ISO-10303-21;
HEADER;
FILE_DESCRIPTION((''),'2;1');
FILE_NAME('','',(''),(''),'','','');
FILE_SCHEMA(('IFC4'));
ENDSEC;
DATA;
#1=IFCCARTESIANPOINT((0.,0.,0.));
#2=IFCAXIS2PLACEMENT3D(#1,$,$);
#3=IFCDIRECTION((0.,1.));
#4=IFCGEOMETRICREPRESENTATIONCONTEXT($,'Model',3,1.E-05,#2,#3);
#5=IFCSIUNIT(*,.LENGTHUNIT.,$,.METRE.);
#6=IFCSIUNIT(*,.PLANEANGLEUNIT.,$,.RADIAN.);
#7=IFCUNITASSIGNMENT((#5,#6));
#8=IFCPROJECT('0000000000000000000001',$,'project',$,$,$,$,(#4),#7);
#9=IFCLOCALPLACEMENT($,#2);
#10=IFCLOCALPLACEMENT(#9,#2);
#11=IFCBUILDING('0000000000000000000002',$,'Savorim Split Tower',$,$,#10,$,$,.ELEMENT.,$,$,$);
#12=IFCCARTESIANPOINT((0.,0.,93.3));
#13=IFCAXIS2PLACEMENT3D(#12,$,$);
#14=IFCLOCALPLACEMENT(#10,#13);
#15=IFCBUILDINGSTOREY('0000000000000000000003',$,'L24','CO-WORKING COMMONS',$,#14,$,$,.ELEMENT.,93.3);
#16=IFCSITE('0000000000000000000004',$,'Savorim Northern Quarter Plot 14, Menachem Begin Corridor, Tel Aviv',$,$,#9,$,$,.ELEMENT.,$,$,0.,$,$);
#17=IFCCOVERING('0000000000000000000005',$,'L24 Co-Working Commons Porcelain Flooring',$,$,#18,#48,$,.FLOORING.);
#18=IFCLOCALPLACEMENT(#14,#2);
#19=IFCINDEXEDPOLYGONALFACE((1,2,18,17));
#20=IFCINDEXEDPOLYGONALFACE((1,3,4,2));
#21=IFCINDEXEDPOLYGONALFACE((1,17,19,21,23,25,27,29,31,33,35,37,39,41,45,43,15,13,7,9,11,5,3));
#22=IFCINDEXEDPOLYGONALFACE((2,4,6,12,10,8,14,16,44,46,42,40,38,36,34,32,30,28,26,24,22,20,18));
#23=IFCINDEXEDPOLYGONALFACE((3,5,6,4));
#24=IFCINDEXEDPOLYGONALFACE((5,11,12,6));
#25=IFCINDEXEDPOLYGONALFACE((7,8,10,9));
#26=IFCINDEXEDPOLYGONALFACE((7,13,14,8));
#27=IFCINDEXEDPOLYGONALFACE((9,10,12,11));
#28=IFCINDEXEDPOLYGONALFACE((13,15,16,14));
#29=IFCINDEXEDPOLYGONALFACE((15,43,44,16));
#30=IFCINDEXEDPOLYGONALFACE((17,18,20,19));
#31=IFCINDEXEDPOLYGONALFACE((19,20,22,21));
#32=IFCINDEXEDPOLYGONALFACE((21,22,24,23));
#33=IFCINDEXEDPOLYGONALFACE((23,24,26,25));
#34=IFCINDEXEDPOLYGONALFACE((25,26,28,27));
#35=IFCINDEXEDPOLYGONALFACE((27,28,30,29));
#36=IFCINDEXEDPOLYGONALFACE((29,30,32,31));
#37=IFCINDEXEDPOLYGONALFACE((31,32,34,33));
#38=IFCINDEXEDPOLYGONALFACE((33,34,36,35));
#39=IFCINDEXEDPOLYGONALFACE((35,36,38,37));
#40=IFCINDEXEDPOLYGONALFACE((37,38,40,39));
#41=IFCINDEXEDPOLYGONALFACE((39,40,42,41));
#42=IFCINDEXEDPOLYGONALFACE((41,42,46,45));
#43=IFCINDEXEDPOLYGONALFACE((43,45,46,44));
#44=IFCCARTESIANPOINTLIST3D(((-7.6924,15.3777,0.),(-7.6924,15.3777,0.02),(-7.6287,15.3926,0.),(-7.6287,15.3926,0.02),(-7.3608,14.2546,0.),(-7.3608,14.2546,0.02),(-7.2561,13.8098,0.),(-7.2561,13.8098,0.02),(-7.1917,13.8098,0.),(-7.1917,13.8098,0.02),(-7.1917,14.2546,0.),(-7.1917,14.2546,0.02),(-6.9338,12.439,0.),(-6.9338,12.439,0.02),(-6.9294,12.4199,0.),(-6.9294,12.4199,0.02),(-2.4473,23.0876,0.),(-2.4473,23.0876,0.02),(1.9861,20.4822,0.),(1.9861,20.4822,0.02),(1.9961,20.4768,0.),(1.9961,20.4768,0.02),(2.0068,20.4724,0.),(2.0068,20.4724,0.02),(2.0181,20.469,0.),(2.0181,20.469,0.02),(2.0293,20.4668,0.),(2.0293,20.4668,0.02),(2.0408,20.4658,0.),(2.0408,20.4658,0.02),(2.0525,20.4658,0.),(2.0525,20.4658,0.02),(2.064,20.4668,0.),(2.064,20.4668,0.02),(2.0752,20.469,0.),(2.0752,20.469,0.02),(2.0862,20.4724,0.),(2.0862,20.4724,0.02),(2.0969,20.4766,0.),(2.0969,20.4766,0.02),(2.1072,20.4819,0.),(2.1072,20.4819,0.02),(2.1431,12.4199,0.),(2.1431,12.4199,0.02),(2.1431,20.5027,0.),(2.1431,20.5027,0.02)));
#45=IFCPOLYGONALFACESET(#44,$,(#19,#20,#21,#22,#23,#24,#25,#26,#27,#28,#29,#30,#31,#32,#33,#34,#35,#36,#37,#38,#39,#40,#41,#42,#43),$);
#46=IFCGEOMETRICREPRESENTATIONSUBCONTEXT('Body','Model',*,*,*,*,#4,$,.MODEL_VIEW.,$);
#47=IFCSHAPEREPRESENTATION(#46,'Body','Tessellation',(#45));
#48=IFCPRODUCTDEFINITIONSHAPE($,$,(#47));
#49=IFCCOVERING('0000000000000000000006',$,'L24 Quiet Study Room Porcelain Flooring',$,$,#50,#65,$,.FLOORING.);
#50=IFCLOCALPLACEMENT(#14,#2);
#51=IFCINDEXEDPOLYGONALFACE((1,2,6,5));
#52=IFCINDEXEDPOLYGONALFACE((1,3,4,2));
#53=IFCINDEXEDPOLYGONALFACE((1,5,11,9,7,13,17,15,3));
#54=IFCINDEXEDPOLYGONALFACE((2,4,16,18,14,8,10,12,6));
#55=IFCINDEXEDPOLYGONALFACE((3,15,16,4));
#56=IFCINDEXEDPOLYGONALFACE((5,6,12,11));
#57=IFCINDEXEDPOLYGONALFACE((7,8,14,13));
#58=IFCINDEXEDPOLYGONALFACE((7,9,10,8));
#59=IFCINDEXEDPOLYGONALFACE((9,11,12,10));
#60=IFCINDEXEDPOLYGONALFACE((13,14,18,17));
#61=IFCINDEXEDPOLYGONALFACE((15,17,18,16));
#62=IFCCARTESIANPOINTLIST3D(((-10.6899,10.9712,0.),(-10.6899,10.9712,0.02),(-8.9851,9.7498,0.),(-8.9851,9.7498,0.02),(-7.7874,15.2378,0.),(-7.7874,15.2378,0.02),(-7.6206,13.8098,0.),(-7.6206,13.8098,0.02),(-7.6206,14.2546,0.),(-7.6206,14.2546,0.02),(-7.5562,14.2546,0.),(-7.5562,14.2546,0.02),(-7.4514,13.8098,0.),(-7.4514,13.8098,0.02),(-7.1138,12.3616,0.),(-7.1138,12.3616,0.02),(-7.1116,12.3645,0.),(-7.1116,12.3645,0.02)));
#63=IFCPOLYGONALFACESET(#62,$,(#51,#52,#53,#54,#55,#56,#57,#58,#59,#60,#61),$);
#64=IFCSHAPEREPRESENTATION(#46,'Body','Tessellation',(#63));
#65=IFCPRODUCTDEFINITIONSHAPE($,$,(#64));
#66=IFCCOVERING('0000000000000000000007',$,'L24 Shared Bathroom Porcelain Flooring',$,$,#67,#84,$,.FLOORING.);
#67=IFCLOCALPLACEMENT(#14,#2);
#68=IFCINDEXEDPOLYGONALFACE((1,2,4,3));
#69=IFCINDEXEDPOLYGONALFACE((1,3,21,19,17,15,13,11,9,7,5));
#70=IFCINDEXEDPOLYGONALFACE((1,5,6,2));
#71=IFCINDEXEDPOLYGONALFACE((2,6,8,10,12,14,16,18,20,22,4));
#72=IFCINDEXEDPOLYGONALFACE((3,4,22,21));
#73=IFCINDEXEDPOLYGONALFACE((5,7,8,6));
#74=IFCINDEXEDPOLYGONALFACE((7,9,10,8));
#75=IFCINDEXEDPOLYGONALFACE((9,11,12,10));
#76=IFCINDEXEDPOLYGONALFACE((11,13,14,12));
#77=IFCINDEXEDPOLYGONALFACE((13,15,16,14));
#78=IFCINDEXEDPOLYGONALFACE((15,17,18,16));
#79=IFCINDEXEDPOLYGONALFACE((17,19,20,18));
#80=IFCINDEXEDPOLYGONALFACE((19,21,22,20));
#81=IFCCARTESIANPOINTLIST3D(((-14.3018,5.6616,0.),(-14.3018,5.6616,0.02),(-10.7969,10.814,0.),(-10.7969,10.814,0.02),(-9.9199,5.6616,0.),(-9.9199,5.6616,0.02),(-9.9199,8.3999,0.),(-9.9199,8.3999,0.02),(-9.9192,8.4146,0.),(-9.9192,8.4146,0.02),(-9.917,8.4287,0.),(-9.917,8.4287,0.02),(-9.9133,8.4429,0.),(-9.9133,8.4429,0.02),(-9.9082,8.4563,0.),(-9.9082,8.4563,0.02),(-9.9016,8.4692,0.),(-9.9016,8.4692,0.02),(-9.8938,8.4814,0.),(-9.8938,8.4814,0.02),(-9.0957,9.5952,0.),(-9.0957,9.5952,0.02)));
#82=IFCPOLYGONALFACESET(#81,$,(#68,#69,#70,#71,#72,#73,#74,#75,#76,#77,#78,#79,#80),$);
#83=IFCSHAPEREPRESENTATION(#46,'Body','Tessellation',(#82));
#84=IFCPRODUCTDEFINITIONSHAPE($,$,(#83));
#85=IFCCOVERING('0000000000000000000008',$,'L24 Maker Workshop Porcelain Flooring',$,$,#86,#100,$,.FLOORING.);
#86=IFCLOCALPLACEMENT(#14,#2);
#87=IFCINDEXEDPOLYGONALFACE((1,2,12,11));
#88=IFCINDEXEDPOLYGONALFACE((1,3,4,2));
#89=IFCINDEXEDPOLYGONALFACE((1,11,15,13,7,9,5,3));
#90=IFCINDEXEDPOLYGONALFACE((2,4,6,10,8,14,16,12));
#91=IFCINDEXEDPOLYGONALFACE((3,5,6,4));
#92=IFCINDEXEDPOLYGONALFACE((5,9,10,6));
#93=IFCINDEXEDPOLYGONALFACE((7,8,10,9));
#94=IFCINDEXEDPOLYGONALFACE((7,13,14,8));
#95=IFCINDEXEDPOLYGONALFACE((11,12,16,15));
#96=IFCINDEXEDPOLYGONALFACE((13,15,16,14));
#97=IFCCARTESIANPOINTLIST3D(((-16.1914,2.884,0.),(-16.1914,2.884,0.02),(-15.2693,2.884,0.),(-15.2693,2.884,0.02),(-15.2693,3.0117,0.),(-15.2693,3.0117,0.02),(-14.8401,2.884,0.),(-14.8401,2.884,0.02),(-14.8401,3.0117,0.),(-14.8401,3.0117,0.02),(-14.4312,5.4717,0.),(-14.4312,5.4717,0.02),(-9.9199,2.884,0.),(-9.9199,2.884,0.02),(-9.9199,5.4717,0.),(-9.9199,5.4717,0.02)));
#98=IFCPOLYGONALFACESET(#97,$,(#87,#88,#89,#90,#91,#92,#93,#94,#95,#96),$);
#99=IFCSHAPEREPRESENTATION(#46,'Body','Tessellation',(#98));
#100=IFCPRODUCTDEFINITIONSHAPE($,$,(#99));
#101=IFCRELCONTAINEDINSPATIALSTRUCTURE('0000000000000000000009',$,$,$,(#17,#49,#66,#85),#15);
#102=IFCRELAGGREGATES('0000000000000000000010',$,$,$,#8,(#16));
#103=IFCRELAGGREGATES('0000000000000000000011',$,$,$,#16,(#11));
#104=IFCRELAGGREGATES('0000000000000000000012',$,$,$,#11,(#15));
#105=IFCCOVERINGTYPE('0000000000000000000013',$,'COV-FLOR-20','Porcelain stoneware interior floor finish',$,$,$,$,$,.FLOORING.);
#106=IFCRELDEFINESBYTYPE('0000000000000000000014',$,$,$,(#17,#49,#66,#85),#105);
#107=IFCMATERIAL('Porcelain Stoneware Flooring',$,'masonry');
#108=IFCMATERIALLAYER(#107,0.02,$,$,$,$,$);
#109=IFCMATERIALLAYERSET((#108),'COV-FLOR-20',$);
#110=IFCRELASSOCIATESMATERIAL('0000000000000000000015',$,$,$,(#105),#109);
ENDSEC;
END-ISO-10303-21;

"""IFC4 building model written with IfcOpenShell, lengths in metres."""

from ifc_helpers import new_model, si_unit, direction, frame, origin, place, context, subcontext, project, spatial, polyline, outline, extrude, material, layer, layer_set, type_object, element, save


model = new_model("IFC4")

# Units and contexts
model_context = context("Model", 3, precision=1e-05, world=origin(), true_north=direction((0.0, 1.0)))
body_context = subcontext(model_context, "Body", "Model", "MODEL_VIEW")
ifc_project = project(units=[si_unit("LENGTHUNIT", "METRE"), si_unit("PLANEANGLEUNIT", "RADIAN")], contexts=[model_context])

# Site, building, storey
site_placement = place(None, origin())
site = spatial("IfcSite", under=ifc_project, at=site_placement, Name="Savorim Northern Quarter Plot 14, Menachem Begin Corridor, Tel Aviv", CompositionType="ELEMENT", RefElevation=0.0)
building_placement = place(site_placement, origin())
building = spatial("IfcBuilding", under=site, at=building_placement, Name="Savorim Split Tower", CompositionType="ELEMENT")
storey_placement = place(building_placement, frame((0.0, 0.0, 93.3)))
storey = spatial("IfcBuildingStorey", under=building, at=storey_placement, Name="L24", Description="CO-WORKING COMMONS", CompositionType="ELEMENT", Elevation=93.3)

# Coverings
ifc_material_1 = material(Name="Porcelain Stoneware Flooring", Category="masonry")
ifc_layer_1 = layer(ifc_material_1, 0.02)
ifc_layer_set_1 = layer_set([ifc_layer_1], Name="COV-FLOR-20")
covering_type_1 = type_object("IfcCoveringType", Name="COV-FLOR-20", Description="Porcelain stoneware interior floor finish", PredefinedType="FLOORING", material=ifc_layer_set_1)
covering_1_placement = place(storey_placement, origin())
element("IfcCovering", 1, at=covering_1_placement, inside=storey, type_object=covering_type_1, Name="L24 Co-Working Commons Porcelain Flooring", PredefinedType="FLOORING", context=body_context, shape_type="SweptSolid", body=[
    extrude(outline(polyline([(2.0068, 20.4724), (1.9961, 20.4768), (1.9861, 20.4822), (-2.4473, 23.0876), (-7.6924, 15.3777), (-7.6287, 15.3926), (-7.3608, 14.2546), (-7.1917, 14.2546), (-7.1917, 13.8098), (-7.2561, 13.8098), (-6.9338, 12.439), (-6.9294, 12.4199), (2.1431, 12.4199), (2.1431, 20.5027), (2.1072, 20.4819), (2.0969, 20.4766), (2.0862, 20.4724), (2.0752, 20.469), (2.064, 20.4668), (2.0525, 20.4658), (2.0408, 20.4658), (2.0293, 20.4668), (2.0181, 20.469), (2.0068, 20.4724)])), origin(), (0.0, 0.0, 1.0), 0.02),
])
covering_2_placement = place(storey_placement, origin())
element("IfcCovering", 2, at=covering_2_placement, inside=storey, type_object=covering_type_1, Name="L24 Quiet Study Room Porcelain Flooring", PredefinedType="FLOORING", context=body_context, shape_type="SweptSolid", body=[
    extrude(outline(polyline([(-8.9851, 9.7498), (-7.1138, 12.3616), (-7.1116, 12.3645), (-7.4514, 13.8098), (-7.6206, 13.8098), (-7.6206, 14.2546), (-7.5562, 14.2546), (-7.7874, 15.2378), (-10.6899, 10.9712), (-8.9851, 9.7498)])), origin(), (0.0, 0.0, 1.0), 0.02),
])
covering_3_placement = place(storey_placement, origin())
element("IfcCovering", 3, at=covering_3_placement, inside=storey, type_object=covering_type_1, Name="L24 Shared Bathroom Porcelain Flooring", PredefinedType="FLOORING", context=body_context, shape_type="SweptSolid", body=[
    extrude(outline(polyline([(-9.9082, 8.4563), (-9.9016, 8.4692), (-9.8938, 8.4814), (-9.0957, 9.5952), (-10.7969, 10.814), (-14.3018, 5.6616), (-9.9199, 5.6616), (-9.9199, 8.3999), (-9.9192, 8.4146), (-9.917, 8.4287), (-9.9133, 8.4429), (-9.9082, 8.4563)])), origin(), (0.0, 0.0, 1.0), 0.02),
])
covering_4_placement = place(storey_placement, origin())
element("IfcCovering", 4, at=covering_4_placement, inside=storey, type_object=covering_type_1, Name="L24 Maker Workshop Porcelain Flooring", PredefinedType="FLOORING", context=body_context, shape_type="SweptSolid", body=[
    extrude(outline(polyline([(-14.8401, 3.0117), (-14.8401, 2.884), (-9.9199, 2.884), (-9.9199, 5.4717), (-14.4312, 5.4717), (-16.1914, 2.884), (-15.2693, 2.884), (-15.2693, 3.0117), (-14.8401, 3.0117)])), origin(), (0.0, 0.0, 1.0), 0.02),
])

save(model, "model.ifc")
